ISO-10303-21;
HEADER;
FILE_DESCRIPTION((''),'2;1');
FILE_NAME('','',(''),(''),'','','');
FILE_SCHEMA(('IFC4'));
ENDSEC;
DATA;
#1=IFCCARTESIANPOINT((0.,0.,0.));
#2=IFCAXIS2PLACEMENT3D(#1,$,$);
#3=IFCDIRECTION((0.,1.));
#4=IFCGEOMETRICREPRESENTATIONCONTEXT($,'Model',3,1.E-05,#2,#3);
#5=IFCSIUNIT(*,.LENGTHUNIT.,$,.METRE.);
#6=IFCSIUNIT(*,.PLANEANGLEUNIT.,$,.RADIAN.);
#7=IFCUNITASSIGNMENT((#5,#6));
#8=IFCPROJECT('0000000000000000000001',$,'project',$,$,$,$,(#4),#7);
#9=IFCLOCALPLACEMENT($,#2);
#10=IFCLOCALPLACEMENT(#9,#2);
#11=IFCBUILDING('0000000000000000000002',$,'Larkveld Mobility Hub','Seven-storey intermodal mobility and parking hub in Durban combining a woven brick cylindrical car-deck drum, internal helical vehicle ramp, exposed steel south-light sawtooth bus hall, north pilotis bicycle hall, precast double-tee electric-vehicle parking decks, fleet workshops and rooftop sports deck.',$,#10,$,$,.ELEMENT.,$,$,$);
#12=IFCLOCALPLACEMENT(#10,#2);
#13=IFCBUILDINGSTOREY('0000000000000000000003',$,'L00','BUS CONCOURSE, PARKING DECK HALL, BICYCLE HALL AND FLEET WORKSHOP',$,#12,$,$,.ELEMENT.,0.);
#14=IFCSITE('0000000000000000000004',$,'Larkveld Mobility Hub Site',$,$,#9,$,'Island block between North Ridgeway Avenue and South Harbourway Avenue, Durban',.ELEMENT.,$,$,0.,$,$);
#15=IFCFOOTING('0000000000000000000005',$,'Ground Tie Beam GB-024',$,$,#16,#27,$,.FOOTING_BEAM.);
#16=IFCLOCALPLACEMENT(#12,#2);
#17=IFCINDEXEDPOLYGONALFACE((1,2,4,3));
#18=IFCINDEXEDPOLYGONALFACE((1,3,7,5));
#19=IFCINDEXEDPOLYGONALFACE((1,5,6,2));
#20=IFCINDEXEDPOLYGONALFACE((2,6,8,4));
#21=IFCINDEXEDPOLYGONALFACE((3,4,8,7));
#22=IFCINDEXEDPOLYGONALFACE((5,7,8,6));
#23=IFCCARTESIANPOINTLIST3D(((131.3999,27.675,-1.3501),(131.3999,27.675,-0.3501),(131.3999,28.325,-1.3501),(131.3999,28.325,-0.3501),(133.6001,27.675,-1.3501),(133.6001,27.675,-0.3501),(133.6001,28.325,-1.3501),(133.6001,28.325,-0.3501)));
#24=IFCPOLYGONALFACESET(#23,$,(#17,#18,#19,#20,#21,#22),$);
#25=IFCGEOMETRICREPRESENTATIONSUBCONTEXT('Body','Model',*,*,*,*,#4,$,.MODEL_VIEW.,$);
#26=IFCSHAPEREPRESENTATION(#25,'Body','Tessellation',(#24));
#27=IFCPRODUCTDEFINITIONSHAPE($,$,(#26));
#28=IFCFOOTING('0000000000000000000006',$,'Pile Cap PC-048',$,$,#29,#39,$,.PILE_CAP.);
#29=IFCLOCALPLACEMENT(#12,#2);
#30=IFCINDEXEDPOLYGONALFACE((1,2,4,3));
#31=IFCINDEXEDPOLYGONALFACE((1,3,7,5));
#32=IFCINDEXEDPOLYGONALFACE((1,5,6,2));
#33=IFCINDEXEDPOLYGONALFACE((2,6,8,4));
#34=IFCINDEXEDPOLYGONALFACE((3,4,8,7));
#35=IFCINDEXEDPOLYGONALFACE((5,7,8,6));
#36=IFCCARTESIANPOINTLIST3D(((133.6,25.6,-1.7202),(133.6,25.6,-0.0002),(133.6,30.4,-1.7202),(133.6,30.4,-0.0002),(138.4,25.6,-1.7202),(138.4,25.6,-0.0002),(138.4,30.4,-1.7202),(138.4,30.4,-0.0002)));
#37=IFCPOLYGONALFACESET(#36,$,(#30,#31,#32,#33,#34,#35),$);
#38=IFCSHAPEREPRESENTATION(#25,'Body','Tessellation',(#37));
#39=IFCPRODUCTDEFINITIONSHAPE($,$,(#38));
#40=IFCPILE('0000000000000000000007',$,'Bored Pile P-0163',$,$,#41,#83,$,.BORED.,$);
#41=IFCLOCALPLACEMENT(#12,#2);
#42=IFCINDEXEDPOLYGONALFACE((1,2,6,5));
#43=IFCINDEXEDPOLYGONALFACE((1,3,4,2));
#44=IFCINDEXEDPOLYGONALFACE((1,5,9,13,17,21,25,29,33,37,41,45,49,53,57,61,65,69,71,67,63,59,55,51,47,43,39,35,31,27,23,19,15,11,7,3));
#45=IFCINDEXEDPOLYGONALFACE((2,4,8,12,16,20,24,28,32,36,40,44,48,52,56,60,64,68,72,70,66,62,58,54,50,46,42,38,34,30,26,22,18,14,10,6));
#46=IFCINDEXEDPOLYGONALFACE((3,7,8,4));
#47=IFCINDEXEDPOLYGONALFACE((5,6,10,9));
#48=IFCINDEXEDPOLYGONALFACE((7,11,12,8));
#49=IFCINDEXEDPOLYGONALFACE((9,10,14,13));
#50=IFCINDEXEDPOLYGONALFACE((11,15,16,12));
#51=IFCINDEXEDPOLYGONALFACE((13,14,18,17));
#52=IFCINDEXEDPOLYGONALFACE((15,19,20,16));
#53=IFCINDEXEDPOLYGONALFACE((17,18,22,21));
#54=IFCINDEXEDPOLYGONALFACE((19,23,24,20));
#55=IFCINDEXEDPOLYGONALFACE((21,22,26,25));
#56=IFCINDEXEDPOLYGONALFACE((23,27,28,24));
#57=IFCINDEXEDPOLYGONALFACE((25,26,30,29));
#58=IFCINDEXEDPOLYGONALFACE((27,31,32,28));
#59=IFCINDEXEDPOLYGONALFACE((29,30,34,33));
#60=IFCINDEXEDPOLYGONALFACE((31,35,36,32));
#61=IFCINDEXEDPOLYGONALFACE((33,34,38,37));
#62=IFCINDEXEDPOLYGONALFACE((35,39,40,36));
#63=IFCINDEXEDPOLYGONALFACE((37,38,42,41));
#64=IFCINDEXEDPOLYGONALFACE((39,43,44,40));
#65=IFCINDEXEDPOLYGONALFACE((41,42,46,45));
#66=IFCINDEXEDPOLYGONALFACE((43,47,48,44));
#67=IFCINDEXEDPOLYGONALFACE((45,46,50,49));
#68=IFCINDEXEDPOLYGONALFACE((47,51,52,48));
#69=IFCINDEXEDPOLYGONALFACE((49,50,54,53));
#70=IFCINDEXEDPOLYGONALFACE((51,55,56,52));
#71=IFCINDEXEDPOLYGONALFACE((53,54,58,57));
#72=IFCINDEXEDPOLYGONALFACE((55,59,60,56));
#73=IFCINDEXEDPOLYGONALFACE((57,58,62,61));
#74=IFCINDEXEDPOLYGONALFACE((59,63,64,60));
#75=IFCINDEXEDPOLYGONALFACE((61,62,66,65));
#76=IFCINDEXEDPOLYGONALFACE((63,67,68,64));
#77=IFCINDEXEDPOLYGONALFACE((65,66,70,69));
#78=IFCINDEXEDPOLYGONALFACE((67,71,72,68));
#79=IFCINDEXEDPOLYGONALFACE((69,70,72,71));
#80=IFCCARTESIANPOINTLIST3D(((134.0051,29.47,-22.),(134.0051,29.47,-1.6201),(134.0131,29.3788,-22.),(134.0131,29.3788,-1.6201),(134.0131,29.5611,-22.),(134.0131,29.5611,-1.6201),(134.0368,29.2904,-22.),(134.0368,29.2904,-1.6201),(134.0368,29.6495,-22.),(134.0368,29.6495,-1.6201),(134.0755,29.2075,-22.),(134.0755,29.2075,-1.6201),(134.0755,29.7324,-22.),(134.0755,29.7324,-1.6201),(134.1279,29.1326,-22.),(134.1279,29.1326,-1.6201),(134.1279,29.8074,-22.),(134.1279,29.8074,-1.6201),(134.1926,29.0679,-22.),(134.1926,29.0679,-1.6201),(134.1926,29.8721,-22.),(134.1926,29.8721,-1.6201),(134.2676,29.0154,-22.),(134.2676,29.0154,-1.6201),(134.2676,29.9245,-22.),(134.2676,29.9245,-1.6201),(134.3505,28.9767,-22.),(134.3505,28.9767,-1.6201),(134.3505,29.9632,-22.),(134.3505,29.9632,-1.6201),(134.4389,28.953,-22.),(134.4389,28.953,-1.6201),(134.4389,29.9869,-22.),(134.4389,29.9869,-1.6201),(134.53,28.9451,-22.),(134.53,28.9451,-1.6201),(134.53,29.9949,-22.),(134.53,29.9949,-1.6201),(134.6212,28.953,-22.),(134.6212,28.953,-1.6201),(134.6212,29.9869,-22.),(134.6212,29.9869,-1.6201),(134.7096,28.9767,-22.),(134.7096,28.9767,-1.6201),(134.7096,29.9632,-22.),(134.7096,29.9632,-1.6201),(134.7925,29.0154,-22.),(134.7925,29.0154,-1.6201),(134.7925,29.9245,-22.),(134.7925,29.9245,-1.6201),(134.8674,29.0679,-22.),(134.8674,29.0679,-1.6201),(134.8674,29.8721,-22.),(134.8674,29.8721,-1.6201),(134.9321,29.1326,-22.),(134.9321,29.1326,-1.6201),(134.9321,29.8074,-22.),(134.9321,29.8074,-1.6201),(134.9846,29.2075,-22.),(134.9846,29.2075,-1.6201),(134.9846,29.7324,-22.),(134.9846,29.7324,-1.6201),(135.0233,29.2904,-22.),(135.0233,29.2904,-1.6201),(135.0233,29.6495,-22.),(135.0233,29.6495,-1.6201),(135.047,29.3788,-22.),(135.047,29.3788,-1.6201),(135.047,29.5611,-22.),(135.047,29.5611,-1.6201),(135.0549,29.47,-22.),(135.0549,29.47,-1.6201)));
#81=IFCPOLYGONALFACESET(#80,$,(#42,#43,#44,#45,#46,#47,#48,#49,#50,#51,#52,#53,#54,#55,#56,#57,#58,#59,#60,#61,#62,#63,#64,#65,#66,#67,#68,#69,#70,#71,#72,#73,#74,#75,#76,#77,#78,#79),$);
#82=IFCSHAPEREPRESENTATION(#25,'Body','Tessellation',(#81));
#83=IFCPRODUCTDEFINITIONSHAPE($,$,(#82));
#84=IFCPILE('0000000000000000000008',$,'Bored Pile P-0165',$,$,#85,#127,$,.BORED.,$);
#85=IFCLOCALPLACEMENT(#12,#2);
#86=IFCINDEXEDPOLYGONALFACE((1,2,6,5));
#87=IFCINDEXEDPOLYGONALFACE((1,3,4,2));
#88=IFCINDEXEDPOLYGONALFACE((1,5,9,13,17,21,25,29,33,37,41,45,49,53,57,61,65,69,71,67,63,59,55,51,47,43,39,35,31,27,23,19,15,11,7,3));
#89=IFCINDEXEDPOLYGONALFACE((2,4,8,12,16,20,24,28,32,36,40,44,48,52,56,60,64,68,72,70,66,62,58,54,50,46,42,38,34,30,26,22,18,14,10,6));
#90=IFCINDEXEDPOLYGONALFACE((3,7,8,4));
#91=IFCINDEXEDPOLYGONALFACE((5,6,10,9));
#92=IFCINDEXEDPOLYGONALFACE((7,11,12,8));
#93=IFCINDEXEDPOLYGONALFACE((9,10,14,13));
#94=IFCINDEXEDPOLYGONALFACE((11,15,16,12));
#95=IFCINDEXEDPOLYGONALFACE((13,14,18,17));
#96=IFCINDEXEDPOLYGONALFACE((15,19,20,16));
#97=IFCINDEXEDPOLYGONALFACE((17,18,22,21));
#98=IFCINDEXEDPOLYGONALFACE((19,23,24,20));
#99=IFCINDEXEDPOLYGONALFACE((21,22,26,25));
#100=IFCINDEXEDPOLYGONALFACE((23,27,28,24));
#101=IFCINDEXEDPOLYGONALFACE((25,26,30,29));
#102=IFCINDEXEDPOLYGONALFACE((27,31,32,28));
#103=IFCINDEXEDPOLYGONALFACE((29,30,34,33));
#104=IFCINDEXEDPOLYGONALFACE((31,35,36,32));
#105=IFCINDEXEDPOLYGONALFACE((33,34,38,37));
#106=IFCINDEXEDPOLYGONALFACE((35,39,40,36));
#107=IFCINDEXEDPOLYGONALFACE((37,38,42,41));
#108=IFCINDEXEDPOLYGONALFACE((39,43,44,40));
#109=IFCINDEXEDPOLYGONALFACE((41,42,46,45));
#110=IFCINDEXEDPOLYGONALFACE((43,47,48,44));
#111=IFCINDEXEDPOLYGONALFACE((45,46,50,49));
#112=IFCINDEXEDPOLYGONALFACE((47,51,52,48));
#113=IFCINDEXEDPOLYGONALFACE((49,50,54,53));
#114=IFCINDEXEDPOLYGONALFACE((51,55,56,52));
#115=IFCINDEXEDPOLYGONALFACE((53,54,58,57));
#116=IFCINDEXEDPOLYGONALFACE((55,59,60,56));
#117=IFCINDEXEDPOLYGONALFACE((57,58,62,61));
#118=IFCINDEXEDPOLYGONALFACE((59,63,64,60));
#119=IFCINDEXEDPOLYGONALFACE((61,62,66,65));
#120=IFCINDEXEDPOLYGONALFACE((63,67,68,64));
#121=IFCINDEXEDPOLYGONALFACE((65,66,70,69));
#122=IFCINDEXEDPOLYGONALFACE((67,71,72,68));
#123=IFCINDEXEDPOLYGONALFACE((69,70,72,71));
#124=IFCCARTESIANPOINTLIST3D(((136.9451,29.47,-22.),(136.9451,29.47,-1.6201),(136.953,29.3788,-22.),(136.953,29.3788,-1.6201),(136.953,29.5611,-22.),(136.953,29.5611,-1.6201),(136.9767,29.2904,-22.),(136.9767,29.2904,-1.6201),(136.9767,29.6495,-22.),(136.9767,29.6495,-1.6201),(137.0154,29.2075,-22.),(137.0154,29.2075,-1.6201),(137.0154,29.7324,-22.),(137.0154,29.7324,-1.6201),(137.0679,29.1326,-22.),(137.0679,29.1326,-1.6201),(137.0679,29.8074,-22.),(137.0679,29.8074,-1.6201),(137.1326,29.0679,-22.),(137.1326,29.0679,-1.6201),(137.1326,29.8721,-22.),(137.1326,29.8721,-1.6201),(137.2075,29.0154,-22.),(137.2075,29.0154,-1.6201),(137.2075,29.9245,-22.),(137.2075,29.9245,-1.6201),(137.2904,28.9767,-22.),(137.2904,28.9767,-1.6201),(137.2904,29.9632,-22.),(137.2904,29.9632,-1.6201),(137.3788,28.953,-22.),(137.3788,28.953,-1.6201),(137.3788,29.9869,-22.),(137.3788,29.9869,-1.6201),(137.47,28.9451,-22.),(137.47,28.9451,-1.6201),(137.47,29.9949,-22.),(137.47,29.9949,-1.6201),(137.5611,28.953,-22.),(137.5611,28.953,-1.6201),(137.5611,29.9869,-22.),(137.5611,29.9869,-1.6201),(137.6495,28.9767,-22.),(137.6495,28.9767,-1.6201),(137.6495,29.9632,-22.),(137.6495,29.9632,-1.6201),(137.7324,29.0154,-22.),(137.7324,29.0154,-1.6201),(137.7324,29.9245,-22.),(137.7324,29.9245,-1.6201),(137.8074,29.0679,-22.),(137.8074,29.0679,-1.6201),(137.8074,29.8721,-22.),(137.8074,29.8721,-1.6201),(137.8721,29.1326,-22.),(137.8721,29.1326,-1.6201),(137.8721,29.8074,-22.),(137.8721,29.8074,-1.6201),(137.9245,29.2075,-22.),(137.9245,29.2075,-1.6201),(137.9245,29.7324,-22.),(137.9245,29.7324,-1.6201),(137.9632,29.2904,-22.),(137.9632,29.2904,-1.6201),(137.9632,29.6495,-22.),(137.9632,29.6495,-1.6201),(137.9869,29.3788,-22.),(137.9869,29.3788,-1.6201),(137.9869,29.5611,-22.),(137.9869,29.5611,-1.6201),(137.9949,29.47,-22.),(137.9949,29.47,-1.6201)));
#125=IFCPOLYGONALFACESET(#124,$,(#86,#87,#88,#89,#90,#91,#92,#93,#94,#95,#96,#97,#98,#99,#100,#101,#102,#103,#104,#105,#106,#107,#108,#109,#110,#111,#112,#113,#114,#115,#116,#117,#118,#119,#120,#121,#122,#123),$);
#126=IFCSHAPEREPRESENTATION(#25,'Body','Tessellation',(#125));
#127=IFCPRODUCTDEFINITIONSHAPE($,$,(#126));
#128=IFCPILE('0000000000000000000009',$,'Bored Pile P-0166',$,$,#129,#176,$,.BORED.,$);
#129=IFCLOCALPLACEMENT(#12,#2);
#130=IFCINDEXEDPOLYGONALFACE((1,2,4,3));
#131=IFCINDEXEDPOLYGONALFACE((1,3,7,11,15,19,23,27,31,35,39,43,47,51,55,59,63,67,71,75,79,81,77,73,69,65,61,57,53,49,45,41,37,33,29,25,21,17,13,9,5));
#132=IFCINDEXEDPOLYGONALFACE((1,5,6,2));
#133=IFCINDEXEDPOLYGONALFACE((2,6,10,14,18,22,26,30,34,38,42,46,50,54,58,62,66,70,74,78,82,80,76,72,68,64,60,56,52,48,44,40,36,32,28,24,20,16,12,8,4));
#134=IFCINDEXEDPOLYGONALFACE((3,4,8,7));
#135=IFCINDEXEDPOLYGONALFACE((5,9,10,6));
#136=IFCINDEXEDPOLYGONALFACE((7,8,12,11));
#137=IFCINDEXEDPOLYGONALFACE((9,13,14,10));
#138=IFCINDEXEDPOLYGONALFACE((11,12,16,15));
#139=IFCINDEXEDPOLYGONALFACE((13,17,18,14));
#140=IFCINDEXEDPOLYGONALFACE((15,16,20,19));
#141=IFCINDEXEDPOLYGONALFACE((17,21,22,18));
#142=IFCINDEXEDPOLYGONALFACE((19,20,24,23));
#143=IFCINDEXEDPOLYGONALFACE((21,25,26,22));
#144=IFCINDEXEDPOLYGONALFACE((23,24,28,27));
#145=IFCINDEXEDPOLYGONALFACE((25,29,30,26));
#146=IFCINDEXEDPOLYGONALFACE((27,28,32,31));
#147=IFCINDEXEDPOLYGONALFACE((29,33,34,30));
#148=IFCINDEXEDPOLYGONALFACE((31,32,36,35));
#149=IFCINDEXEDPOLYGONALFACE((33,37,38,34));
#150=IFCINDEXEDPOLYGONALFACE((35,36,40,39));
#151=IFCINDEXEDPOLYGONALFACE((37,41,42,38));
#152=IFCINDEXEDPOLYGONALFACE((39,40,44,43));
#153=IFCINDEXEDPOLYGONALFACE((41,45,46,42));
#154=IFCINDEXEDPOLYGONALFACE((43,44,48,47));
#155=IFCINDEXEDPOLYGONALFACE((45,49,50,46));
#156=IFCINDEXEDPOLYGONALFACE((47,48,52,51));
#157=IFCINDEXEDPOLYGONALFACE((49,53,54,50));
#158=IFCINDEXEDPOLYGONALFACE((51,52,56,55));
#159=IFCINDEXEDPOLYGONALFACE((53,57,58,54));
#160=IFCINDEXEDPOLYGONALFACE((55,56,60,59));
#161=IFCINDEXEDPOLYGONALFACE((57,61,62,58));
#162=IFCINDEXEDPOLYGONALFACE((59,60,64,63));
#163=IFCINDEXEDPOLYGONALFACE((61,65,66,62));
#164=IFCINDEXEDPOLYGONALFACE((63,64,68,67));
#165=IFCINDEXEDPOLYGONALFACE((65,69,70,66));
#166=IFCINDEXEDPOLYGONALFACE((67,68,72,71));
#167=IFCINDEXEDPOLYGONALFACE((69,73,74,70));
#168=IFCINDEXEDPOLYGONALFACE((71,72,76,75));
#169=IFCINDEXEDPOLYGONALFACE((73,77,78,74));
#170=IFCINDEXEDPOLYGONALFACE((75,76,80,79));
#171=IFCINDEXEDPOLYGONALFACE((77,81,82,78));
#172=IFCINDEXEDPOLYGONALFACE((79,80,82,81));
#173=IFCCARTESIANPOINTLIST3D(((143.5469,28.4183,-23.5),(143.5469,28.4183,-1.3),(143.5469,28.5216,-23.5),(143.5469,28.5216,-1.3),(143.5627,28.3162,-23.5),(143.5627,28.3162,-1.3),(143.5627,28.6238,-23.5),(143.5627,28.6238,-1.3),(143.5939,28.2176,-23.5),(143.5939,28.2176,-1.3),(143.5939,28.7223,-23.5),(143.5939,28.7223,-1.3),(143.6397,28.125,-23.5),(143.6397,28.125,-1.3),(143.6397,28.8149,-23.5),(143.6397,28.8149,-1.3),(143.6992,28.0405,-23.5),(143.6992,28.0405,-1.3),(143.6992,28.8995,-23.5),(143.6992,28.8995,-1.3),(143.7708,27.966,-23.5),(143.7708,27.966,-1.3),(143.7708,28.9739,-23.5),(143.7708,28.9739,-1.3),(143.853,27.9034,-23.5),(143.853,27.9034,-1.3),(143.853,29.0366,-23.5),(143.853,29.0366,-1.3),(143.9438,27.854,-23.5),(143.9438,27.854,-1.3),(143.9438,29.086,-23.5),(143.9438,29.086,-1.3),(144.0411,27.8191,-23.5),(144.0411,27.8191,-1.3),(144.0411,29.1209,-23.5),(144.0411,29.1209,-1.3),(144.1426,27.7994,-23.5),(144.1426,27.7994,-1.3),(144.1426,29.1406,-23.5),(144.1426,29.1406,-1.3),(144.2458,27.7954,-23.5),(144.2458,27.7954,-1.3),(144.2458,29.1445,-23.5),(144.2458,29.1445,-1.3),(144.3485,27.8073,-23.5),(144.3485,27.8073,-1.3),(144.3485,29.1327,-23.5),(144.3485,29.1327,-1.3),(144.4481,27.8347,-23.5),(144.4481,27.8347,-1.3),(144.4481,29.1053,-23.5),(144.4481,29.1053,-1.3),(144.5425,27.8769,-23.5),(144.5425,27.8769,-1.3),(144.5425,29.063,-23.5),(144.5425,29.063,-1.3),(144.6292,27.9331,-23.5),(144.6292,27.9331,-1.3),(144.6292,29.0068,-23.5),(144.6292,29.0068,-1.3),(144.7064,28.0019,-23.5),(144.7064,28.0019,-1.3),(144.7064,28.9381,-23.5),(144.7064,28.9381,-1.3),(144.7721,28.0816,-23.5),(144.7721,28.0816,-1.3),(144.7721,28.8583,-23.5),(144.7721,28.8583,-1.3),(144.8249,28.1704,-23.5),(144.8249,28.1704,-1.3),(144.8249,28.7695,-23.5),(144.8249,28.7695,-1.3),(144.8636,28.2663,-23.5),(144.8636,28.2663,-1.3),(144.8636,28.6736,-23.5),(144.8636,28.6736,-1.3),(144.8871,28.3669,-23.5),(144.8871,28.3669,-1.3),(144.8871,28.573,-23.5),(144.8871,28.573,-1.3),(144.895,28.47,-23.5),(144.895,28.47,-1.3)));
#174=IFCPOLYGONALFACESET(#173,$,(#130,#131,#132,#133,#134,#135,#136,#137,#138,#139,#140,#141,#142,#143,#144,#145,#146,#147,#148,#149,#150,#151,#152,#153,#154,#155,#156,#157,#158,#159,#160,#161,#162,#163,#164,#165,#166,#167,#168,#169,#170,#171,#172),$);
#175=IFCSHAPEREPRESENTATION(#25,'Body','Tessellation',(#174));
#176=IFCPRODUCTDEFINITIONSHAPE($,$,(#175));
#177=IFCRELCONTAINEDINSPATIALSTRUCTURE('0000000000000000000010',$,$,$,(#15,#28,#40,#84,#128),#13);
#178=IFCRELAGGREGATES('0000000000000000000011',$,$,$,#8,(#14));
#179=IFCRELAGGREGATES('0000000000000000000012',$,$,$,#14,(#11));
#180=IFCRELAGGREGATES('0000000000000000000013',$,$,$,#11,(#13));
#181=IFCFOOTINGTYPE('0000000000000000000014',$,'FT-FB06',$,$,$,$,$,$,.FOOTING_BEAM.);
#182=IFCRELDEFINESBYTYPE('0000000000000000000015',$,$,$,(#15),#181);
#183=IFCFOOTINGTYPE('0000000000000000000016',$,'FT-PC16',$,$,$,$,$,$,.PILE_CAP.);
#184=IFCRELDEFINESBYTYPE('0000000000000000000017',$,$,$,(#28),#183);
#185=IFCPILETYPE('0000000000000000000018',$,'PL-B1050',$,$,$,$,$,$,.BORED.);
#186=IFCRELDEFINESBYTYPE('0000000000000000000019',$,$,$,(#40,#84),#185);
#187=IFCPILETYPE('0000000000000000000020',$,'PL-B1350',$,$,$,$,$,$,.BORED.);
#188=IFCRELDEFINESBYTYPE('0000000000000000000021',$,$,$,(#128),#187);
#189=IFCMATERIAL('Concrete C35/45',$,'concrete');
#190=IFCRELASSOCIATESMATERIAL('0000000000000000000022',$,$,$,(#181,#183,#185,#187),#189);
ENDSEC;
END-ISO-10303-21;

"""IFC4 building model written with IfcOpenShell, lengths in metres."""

from ifc_helpers import new_model, si_unit, direction, frame, origin, origin_2d, place, context, subcontext, project, spatial, rectangle, circle, extrude, material, material_profile, profile_set, type_object, element, save


model = new_model("IFC4")

# Units and contexts
model_context = context("Model", 3, precision=1e-05, world=origin(), true_north=direction((0.0, 1.0)))
body_context = subcontext(model_context, "Body", "Model", "MODEL_VIEW")
ifc_project = project(units=[si_unit("LENGTHUNIT", "METRE"), si_unit("PLANEANGLEUNIT", "RADIAN")], contexts=[model_context])

# Site, building, storey
site_placement = place(None, origin())
site = spatial("IfcSite", under=ifc_project, at=site_placement, Name="Larkveld Mobility Hub Site", LongName="Island block between North Ridgeway Avenue and South Harbourway Avenue, Durban", CompositionType="ELEMENT", RefElevation=0.0)
building_placement = place(site_placement, origin())
building = spatial("IfcBuilding", under=site, at=building_placement, Name="Larkveld Mobility Hub", Description="Seven-storey intermodal mobility and parking hub in Durban combining a woven brick cylindrical car-deck drum, internal helical vehicle ramp, exposed steel south-light sawtooth bus hall, north pilotis bicycle hall, precast double-tee electric-vehicle parking decks, fleet workshops and rooftop sports deck.", CompositionType="ELEMENT")
storey_placement = place(building_placement, origin())
storey = spatial("IfcBuildingStorey", under=building, at=storey_placement, Name="L00", Description="BUS CONCOURSE, PARKING DECK HALL, BICYCLE HALL AND FLEET WORKSHOP", CompositionType="ELEMENT", Elevation=0.0)

# Footings
ifc_material_1 = material(Name="Concrete C35/45", Category="concrete")
ifc_material_profile_1 = material_profile(ifc_material_1, rectangle(XDim=0.6499, YDim=1.0, at=origin_2d()), Name="RC BM 650x1000")
ifc_profile_set_1 = profile_set([ifc_material_profile_1], Name="Concrete C35/45")
footing_type_1 = type_object("IfcFootingType", Name="FT-FB06", PredefinedType="FOOTING_BEAM", material=ifc_profile_set_1)
footing_1_placement = place(storey_placement, frame((131.3999, 28.0, -0.8501), z_axis=(1.0, 0.0, 0.0), x_axis=(0.0, 1.0, 0.0)))
element("IfcFooting", 1, at=footing_1_placement, inside=storey, type_object=footing_type_1, Name="Ground Tie Beam GB-024", PredefinedType="FOOTING_BEAM", context=body_context, shape_type="SweptSolid", body=[
    extrude(rectangle(XDim=0.6499, YDim=1.0, at=origin_2d()), origin(), (0.0, 0.0, 1.0), 2.2002),
])
footing_type_2 = type_object("IfcFootingType", Name="FT-PC16", PredefinedType="PILE_CAP", material=ifc_material_1)
footing_2_placement = place(storey_placement, frame((136.0, 28.0, -1.7202), z_axis=(0.0, 0.0, 1.0), x_axis=(1.0, 0.0, 0.0)))
element("IfcFooting", 2, at=footing_2_placement, inside=storey, type_object=footing_type_2, Name="Pile Cap PC-048", PredefinedType="PILE_CAP", context=body_context, shape_type="SweptSolid", body=[
    extrude(rectangle(XDim=4.8, YDim=4.8, at=origin_2d()), origin(), (0.0, 0.0, 1.0), 1.72),
])

# Piles
ifc_material_profile_2 = material_profile(ifc_material_1, circle(Radius=0.5249, at=origin_2d()), Name="PILE D1050")
ifc_profile_set_2 = profile_set([ifc_material_profile_2], Name="Concrete C35/45")
pile_type_1 = type_object("IfcPileType", Name="PL-B1050", PredefinedType="BORED", material=ifc_profile_set_2)
for number, where, z_axis, x_axis, name in (
    (3, (134.53, 29.47, -1.6201), (0.0, 0.0, -1.0), (1.0, 0.0, 0.0), "Bored Pile P-0163"),
    (4, (137.47, 29.47, -1.6201), (0.0, 0.0, -1.0), (1.0, 0.0, 0.0), "Bored Pile P-0165"),
):
    element("IfcPile", number, at=place(storey_placement, frame(where, z_axis=z_axis, x_axis=x_axis)), inside=storey, type_object=pile_type_1, Name=name, PredefinedType="BORED", context=body_context, shape_type="SweptSolid", body=[
        extrude(circle(Radius=0.5249, at=origin_2d()), origin(), (0.0, 0.0, 1.0), 20.3799),
    ])
ifc_material_profile_3 = material_profile(ifc_material_1, circle(Radius=0.675, at=origin_2d()), Name="PILE D1350")
ifc_profile_set_3 = profile_set([ifc_material_profile_3], Name="Concrete C35/45")
pile_type_2 = type_object("IfcPileType", Name="PL-B1350", PredefinedType="BORED", material=ifc_profile_set_3)
for number, where, z_axis, x_axis, name in (
    (5, (144.22, 28.47, -1.3), (0.0, 0.0, -1.0), (1.0, 0.0, 0.0), "Bored Pile P-0166"),
):
    element("IfcPile", number, at=place(storey_placement, frame(where, z_axis=z_axis, x_axis=x_axis)), inside=storey, type_object=pile_type_2, Name=name, PredefinedType="BORED", context=body_context, shape_type="SweptSolid", body=[
        extrude(circle(Radius=0.675, at=origin_2d()), origin(), (0.0, 0.0, 1.0), 22.2),
    ])

save(model, "model.ifc")
